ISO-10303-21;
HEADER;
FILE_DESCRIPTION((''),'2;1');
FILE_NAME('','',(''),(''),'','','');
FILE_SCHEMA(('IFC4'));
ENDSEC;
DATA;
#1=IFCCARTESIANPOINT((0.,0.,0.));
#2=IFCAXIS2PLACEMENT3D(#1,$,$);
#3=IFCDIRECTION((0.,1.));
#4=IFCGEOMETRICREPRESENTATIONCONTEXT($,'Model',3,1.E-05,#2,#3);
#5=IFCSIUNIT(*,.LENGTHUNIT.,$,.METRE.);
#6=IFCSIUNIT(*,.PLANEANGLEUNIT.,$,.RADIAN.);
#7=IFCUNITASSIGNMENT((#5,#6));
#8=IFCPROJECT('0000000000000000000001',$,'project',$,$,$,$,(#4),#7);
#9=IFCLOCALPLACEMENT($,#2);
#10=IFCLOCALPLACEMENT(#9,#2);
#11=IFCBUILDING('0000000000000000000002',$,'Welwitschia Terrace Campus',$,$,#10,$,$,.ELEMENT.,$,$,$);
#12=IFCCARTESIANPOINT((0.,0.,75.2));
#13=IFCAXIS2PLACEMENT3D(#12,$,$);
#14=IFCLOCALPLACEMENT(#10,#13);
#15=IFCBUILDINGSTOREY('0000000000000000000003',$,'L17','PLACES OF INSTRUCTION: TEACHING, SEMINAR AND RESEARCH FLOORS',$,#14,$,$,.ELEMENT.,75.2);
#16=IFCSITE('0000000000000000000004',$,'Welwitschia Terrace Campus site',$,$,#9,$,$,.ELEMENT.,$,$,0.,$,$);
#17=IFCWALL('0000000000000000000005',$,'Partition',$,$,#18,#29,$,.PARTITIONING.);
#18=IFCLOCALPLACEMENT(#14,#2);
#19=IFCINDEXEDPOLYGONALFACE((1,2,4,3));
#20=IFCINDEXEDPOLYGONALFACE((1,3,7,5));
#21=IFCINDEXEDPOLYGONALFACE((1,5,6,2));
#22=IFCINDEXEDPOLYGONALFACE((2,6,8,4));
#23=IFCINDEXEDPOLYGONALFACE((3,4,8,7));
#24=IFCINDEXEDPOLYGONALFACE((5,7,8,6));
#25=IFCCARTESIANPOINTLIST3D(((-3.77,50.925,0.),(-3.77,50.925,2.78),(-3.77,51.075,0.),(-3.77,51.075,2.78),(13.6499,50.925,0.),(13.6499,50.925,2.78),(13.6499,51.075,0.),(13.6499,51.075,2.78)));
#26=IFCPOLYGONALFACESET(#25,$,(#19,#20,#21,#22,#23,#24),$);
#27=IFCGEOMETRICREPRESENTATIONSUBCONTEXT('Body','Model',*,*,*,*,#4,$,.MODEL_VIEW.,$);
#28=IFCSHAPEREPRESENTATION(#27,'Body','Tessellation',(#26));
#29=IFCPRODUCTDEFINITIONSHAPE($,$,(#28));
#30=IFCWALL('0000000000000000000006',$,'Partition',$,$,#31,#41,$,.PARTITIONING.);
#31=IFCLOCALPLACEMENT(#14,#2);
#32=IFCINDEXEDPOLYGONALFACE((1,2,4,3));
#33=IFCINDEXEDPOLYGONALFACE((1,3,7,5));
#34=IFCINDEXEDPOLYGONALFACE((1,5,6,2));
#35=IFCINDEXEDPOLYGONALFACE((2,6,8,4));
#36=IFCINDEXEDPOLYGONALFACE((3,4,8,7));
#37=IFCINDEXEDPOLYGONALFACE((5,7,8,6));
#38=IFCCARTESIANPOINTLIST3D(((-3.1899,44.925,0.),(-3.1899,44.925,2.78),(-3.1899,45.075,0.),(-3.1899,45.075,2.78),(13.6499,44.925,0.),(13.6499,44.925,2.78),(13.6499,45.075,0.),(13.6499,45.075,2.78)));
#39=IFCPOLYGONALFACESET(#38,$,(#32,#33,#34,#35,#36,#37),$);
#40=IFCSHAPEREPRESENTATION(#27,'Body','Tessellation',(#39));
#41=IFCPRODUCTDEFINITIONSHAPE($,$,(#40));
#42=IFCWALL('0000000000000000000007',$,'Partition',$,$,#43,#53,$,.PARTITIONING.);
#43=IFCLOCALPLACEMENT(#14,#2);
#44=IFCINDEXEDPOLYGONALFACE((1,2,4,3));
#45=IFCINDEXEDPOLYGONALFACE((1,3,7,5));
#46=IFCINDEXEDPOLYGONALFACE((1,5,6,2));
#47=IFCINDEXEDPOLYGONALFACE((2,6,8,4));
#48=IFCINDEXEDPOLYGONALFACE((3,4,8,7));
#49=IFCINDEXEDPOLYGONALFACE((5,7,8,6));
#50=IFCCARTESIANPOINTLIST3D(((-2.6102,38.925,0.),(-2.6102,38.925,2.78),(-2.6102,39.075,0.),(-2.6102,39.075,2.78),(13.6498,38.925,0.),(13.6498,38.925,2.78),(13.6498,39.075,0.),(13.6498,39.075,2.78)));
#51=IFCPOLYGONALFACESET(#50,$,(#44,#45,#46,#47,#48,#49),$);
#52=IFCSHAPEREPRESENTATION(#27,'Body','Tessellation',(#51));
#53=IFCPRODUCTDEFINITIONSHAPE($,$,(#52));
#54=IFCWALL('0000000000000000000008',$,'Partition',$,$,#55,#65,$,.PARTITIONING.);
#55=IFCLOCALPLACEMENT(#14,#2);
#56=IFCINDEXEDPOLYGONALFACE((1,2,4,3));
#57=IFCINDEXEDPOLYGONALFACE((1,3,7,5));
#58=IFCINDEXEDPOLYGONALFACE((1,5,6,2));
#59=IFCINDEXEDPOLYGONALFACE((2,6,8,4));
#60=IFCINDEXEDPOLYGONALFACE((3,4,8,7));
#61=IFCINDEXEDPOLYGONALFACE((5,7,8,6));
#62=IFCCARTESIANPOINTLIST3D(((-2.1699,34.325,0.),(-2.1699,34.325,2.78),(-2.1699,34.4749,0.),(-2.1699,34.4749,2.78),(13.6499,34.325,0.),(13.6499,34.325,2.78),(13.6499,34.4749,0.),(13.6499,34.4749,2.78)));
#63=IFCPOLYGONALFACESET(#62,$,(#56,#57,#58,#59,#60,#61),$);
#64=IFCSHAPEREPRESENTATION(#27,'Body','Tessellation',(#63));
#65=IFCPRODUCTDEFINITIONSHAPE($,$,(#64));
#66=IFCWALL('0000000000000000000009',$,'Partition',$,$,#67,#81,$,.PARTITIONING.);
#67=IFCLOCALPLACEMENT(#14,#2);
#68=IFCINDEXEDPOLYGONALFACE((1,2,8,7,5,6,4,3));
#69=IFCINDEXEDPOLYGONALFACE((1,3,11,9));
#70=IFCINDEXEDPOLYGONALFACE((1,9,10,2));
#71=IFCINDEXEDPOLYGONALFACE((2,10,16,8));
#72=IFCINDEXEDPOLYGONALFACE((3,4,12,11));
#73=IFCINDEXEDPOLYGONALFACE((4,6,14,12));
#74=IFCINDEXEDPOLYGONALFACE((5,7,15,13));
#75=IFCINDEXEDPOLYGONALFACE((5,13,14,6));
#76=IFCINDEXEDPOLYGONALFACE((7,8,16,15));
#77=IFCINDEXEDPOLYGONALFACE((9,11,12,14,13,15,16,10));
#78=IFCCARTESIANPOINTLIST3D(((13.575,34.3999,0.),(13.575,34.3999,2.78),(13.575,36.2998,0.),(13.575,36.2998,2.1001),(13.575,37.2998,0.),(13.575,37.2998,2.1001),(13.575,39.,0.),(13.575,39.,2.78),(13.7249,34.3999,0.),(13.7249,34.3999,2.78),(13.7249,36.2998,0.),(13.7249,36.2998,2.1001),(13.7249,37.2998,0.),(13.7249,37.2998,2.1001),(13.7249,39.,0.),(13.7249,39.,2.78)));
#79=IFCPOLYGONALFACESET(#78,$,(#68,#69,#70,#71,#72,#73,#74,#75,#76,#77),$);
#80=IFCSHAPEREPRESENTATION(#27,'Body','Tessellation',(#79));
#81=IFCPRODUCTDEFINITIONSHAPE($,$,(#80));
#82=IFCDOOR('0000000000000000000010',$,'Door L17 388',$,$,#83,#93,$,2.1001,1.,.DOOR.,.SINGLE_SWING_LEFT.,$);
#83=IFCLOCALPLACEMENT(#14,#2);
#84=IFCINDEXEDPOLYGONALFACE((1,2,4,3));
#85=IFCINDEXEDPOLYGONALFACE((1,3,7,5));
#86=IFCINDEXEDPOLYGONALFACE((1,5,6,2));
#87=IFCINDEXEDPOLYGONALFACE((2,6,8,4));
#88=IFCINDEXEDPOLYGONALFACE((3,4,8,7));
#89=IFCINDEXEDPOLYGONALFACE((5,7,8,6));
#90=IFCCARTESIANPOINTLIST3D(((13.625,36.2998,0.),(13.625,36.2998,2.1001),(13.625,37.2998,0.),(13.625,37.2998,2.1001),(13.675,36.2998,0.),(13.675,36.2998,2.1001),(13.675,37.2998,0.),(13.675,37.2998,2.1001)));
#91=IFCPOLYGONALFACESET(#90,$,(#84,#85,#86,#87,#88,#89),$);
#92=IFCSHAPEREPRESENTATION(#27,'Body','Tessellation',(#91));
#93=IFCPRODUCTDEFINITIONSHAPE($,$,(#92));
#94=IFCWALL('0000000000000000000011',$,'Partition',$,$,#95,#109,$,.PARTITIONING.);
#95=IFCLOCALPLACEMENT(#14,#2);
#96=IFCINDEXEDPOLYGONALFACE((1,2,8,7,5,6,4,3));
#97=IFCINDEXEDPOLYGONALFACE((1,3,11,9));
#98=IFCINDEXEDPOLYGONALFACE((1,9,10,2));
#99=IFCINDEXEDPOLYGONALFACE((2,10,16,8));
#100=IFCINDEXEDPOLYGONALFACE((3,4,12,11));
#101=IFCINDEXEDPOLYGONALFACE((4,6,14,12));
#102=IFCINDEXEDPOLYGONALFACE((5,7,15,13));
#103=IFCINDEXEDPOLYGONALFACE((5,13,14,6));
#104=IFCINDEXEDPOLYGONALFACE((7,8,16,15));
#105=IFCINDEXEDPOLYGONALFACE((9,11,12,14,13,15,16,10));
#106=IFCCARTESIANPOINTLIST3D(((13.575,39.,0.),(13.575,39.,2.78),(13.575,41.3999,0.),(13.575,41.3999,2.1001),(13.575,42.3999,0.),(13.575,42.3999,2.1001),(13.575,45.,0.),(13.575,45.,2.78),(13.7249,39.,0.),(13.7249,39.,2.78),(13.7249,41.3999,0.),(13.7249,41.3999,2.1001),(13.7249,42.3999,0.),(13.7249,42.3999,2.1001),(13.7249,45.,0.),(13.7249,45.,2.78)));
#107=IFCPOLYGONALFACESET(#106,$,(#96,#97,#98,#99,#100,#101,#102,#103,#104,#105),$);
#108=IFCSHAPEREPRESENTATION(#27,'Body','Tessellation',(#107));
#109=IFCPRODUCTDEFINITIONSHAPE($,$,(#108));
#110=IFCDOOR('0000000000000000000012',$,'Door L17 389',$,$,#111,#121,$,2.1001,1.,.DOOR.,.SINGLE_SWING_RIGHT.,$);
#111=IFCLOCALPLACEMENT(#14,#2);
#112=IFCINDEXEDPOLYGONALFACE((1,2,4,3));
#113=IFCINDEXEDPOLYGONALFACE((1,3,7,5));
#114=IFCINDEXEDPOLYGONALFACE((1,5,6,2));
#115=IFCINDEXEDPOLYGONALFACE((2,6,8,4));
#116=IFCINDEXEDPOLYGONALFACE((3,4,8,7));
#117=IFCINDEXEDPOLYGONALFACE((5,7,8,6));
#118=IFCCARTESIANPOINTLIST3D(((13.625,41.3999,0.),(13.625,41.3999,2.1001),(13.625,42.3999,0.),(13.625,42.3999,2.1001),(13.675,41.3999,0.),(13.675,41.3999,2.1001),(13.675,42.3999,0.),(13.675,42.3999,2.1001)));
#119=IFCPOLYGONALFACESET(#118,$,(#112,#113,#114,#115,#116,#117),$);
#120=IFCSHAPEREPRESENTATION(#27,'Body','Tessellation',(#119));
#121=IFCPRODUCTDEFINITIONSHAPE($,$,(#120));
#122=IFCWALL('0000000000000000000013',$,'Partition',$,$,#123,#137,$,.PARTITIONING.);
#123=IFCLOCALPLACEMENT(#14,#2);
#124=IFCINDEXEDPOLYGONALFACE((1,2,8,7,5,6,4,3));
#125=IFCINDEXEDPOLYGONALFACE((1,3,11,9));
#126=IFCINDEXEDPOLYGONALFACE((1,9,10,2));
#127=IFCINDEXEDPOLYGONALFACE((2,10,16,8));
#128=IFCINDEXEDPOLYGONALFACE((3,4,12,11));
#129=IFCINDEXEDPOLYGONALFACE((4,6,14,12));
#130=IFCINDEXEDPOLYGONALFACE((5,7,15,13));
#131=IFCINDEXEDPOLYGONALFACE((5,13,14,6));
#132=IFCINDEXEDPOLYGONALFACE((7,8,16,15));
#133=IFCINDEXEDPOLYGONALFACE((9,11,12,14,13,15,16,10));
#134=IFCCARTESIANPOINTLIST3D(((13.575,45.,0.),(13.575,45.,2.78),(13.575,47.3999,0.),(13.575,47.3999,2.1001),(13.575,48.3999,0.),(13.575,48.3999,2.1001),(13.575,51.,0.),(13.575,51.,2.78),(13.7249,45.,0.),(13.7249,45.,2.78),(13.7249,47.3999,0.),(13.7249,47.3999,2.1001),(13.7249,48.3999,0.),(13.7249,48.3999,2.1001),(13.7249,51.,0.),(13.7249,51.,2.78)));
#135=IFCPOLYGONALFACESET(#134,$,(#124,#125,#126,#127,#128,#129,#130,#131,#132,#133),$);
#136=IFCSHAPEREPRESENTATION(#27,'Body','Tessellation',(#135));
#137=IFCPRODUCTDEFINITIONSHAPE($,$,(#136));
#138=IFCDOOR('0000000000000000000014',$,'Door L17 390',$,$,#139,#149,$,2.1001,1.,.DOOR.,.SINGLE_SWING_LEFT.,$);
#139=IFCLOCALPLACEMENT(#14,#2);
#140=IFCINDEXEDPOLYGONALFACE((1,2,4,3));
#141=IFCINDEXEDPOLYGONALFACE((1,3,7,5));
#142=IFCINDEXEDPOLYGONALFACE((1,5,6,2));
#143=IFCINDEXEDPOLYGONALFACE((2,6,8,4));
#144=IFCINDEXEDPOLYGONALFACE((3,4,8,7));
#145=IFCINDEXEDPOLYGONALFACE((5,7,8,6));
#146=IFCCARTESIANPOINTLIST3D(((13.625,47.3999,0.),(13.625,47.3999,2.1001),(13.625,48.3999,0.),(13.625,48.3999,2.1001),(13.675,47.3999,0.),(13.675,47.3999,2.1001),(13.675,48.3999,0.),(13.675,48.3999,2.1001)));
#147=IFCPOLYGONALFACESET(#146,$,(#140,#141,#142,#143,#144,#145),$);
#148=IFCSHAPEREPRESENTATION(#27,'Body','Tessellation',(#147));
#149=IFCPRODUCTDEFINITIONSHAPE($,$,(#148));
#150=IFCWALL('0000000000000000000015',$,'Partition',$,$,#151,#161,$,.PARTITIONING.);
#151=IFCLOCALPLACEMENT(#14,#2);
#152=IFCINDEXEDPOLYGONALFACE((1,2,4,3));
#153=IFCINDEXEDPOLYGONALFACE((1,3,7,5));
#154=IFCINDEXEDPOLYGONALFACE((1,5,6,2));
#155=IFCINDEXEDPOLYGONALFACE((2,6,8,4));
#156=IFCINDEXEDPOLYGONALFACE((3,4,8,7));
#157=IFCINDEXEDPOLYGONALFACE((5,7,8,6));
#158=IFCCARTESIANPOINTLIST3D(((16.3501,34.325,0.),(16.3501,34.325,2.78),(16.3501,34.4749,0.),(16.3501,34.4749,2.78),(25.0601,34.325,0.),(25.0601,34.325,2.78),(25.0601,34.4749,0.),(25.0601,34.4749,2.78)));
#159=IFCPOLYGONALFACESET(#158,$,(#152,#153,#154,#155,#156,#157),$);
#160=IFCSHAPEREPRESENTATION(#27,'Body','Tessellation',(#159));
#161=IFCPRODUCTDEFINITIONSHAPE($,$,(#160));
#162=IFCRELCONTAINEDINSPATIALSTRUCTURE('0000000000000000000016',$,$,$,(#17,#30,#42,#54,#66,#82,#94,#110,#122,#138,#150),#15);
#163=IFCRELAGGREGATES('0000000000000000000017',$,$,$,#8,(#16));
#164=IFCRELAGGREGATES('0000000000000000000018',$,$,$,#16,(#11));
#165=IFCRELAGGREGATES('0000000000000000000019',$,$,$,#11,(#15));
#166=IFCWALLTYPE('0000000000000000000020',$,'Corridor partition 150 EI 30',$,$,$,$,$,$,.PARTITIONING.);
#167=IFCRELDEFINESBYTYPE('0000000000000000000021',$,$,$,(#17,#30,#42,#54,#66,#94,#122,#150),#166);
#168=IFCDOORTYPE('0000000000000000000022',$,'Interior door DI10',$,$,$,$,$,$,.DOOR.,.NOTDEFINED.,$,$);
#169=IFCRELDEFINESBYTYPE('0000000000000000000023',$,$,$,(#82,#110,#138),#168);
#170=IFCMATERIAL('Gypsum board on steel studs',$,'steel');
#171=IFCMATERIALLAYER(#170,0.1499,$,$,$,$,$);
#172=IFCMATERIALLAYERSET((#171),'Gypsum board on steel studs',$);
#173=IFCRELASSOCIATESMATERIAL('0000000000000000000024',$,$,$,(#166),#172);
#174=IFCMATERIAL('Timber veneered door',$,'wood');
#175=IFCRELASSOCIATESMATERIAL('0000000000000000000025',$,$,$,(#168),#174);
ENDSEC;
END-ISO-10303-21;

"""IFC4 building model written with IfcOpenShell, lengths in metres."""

from ifc_helpers import new_model, si_unit, direction, frame, frame_2d, origin, place, context, subcontext, project, spatial, rectangle, extrude, material, layer, layer_set, type_object, element, fill, save


model = new_model("IFC4")

# Units and contexts
model_context = context("Model", 3, precision=1e-05, world=origin(), true_north=direction((0.0, 1.0)))
body_context = subcontext(model_context, "Body", "Model", "MODEL_VIEW")
ifc_project = project(units=[si_unit("LENGTHUNIT", "METRE"), si_unit("PLANEANGLEUNIT", "RADIAN")], contexts=[model_context])

# Site, building, storey
site_placement = place(None, origin())
site = spatial("IfcSite", under=ifc_project, at=site_placement, Name="Welwitschia Terrace Campus site", CompositionType="ELEMENT", RefElevation=0.0)
building_placement = place(site_placement, origin())
building = spatial("IfcBuilding", under=site, at=building_placement, Name="Welwitschia Terrace Campus", CompositionType="ELEMENT")
storey_placement = place(building_placement, frame((0.0, 0.0, 75.2)))
storey = spatial("IfcBuildingStorey", under=building, at=storey_placement, Name="L17", Description="PLACES OF INSTRUCTION: TEACHING, SEMINAR AND RESEARCH FLOORS", CompositionType="ELEMENT", Elevation=75.2)

# Walls
ifc_material_1 = material(Name="Gypsum board on steel studs", Category="steel")
ifc_layer_1 = layer(ifc_material_1, 0.1499)
ifc_layer_set_1 = layer_set([ifc_layer_1], Name="Gypsum board on steel studs")
wall_type = type_object("IfcWallType", Name="Corridor partition 150 EI 30", PredefinedType="PARTITIONING", material=ifc_layer_set_1)
wall_1_placement = place(storey_placement, frame((-3.77, 51.0, 0.0), z_axis=(0.0, 0.0, 1.0), x_axis=(1.0, 0.0, 0.0)))
element("IfcWall", 1, at=wall_1_placement, inside=storey, type_object=wall_type, Name="Partition", PredefinedType="PARTITIONING", context=body_context, shape_type="SweptSolid", body=[
    extrude(rectangle(XDim=17.4199, YDim=0.1499, at=frame_2d((8.71, 0.0))), origin(), (0.0, 0.0, 1.0), 2.78),
])
wall_2_placement = place(storey_placement, frame((-3.1899, 45.0, 0.0), z_axis=(0.0, 0.0, 1.0), x_axis=(1.0, 0.0, 0.0)))
element("IfcWall", 2, at=wall_2_placement, inside=storey, type_object=wall_type, Name="Partition", PredefinedType="PARTITIONING", context=body_context, shape_type="SweptSolid", body=[
    extrude(rectangle(XDim=16.8398, YDim=0.1499, at=frame_2d((8.4199, 0.0))), origin(), (0.0, 0.0, 1.0), 2.78),
])
wall_3_placement = place(storey_placement, frame((-2.6101, 39.0, 0.0), z_axis=(0.0, 0.0, 1.0), x_axis=(1.0, 0.0, 0.0)))
element("IfcWall", 3, at=wall_3_placement, inside=storey, type_object=wall_type, Name="Partition", PredefinedType="PARTITIONING", context=body_context, shape_type="SweptSolid", body=[
    extrude(rectangle(XDim=16.26, YDim=0.1499, at=frame_2d((8.1299, 0.0))), origin(), (0.0, 0.0, 1.0), 2.78),
])
wall_4_placement = place(storey_placement, frame((-2.1699, 34.3999, 0.0), z_axis=(0.0, 0.0, 1.0), x_axis=(1.0, 0.0, 0.0)))
element("IfcWall", 4, at=wall_4_placement, inside=storey, type_object=wall_type, Name="Partition", PredefinedType="PARTITIONING", context=body_context, shape_type="SweptSolid", body=[
    extrude(rectangle(XDim=15.8198, YDim=0.1499, at=frame_2d((7.9099, 0.0))), origin(), (0.0, 0.0, 1.0), 2.78),
])

# Walls, openings, doors
wall_5_placement = place(storey_placement, frame((13.6499, 34.3999, 0.0), z_axis=(0.0, 0.0, 1.0), x_axis=(0.0, 1.0, 0.0)))
wall_5 = element("IfcWall", 5, at=wall_5_placement, inside=storey, type_object=wall_type, Name="Partition", PredefinedType="PARTITIONING", context=body_context, shape_type="SweptSolid", body=[
    extrude(rectangle(XDim=4.6001, YDim=0.1499, at=frame_2d((2.3, 0.0))), origin(), (0.0, 0.0, 1.0), 2.78),
])
opening_1_placement = place(wall_5_placement, frame((1.8999, 0.0, 0.0)))
opening_1 = element("IfcOpeningElement", 6, at=opening_1_placement, cuts=wall_5, PredefinedType="OPENING", context=body_context, shape_type="SweptSolid", body=[
    extrude(rectangle(XDim=1.0, YDim=2.1001, at=frame_2d((0.5, 1.05))), frame((0.0, 0.085, 0.0), z_axis=(0.0, -1.0, 0.0), x_axis=(1.0, 0.0, 0.0)), (0.0, 0.0, 1.0), 0.1699),
])
ifc_material_2 = material(Name="Timber veneered door", Category="wood")
door_type_1 = type_object("IfcDoorType", Name="Interior door DI10", OperationType="NOTDEFINED", PredefinedType="DOOR", material=ifc_material_2)
door_1_placement = place(opening_1_placement, origin())
door_1 = element("IfcDoor", 7, at=door_1_placement, inside=storey, type_object=door_type_1, Name="Door L17 388", OperationType="SINGLE_SWING_LEFT", OverallHeight=2.1001, OverallWidth=1.0, PredefinedType="DOOR", context=body_context, shape_type="SweptSolid", body=[
    extrude(rectangle(XDim=1.0, YDim=2.1001, at=frame_2d((0.5, 1.05))), frame((0.0, 0.0249, 0.0), z_axis=(0.0, -1.0, 0.0), x_axis=(1.0, 0.0, 0.0)), (0.0, 0.0, 1.0), 0.05),
])
fill(opening_1, door_1)
wall_6_placement = place(storey_placement, frame((13.6499, 39.0, 0.0), z_axis=(0.0, 0.0, 1.0), x_axis=(0.0, 1.0, 0.0)))
wall_6 = element("IfcWall", 8, at=wall_6_placement, inside=storey, type_object=wall_type, Name="Partition", PredefinedType="PARTITIONING", context=body_context, shape_type="SweptSolid", body=[
    extrude(rectangle(XDim=6.0, YDim=0.1499, at=frame_2d((3.0, 0.0))), origin(), (0.0, 0.0, 1.0), 2.78),
])
opening_2_placement = place(wall_6_placement, frame((2.3999, 0.0, 0.0)))
opening_2 = element("IfcOpeningElement", 9, at=opening_2_placement, cuts=wall_6, PredefinedType="OPENING", context=body_context, shape_type="SweptSolid", body=[
    extrude(rectangle(XDim=1.0, YDim=2.1001, at=frame_2d((0.5, 1.05))), frame((0.0, 0.085, 0.0), z_axis=(0.0, -1.0, 0.0), x_axis=(1.0, 0.0, 0.0)), (0.0, 0.0, 1.0), 0.1699),
])
door_2_placement = place(opening_2_placement, origin())
door_2 = element("IfcDoor", 10, at=door_2_placement, inside=storey, type_object=door_type_1, Name="Door L17 389", OperationType="SINGLE_SWING_RIGHT", OverallHeight=2.1001, OverallWidth=1.0, PredefinedType="DOOR", context=body_context, shape_type="SweptSolid", body=[
    extrude(rectangle(XDim=1.0, YDim=2.1001, at=frame_2d((0.5, 1.05))), frame((0.0, 0.0249, 0.0), z_axis=(0.0, -1.0, 0.0), x_axis=(1.0, 0.0, 0.0)), (0.0, 0.0, 1.0), 0.05),
])
fill(opening_2, door_2)
wall_7_placement = place(storey_placement, frame((13.6499, 45.0, 0.0), z_axis=(0.0, 0.0, 1.0), x_axis=(0.0, 1.0, 0.0)))
wall_7 = element("IfcWall", 11, at=wall_7_placement, inside=storey, type_object=wall_type, Name="Partition", PredefinedType="PARTITIONING", context=body_context, shape_type="SweptSolid", body=[
    extrude(rectangle(XDim=6.0, YDim=0.1499, at=frame_2d((3.0, 0.0))), origin(), (0.0, 0.0, 1.0), 2.78),
])
opening_3_placement = place(wall_7_placement, frame((2.3999, 0.0, 0.0)))
opening_3 = element("IfcOpeningElement", 12, at=opening_3_placement, cuts=wall_7, PredefinedType="OPENING", context=body_context, shape_type="SweptSolid", body=[
    extrude(rectangle(XDim=1.0, YDim=2.1001, at=frame_2d((0.5, 1.05))), frame((0.0, 0.085, 0.0), z_axis=(0.0, -1.0, 0.0), x_axis=(1.0, 0.0, 0.0)), (0.0, 0.0, 1.0), 0.1699),
])
door_3_placement = place(opening_3_placement, origin())
door_3 = element("IfcDoor", 13, at=door_3_placement, inside=storey, type_object=door_type_1, Name="Door L17 390", OperationType="SINGLE_SWING_LEFT", OverallHeight=2.1001, OverallWidth=1.0, PredefinedType="DOOR", context=body_context, shape_type="SweptSolid", body=[
    extrude(rectangle(XDim=1.0, YDim=2.1001, at=frame_2d((0.5, 1.05))), frame((0.0, 0.0249, 0.0), z_axis=(0.0, -1.0, 0.0), x_axis=(1.0, 0.0, 0.0)), (0.0, 0.0, 1.0), 0.05),
])
fill(opening_3, door_3)

# Wall
wall_8_placement = place(storey_placement, frame((16.3501, 34.3999, 0.0), z_axis=(0.0, 0.0, 1.0), x_axis=(1.0, 0.0, 0.0)))
element("IfcWall", 14, at=wall_8_placement, inside=storey, type_object=wall_type, Name="Partition", PredefinedType="PARTITIONING", context=body_context, shape_type="SweptSolid", body=[
    extrude(rectangle(XDim=8.71, YDim=0.1499, at=frame_2d((4.355, 0.0))), origin(), (0.0, 0.0, 1.0), 2.78),
])

save(model, "model.ifc")
